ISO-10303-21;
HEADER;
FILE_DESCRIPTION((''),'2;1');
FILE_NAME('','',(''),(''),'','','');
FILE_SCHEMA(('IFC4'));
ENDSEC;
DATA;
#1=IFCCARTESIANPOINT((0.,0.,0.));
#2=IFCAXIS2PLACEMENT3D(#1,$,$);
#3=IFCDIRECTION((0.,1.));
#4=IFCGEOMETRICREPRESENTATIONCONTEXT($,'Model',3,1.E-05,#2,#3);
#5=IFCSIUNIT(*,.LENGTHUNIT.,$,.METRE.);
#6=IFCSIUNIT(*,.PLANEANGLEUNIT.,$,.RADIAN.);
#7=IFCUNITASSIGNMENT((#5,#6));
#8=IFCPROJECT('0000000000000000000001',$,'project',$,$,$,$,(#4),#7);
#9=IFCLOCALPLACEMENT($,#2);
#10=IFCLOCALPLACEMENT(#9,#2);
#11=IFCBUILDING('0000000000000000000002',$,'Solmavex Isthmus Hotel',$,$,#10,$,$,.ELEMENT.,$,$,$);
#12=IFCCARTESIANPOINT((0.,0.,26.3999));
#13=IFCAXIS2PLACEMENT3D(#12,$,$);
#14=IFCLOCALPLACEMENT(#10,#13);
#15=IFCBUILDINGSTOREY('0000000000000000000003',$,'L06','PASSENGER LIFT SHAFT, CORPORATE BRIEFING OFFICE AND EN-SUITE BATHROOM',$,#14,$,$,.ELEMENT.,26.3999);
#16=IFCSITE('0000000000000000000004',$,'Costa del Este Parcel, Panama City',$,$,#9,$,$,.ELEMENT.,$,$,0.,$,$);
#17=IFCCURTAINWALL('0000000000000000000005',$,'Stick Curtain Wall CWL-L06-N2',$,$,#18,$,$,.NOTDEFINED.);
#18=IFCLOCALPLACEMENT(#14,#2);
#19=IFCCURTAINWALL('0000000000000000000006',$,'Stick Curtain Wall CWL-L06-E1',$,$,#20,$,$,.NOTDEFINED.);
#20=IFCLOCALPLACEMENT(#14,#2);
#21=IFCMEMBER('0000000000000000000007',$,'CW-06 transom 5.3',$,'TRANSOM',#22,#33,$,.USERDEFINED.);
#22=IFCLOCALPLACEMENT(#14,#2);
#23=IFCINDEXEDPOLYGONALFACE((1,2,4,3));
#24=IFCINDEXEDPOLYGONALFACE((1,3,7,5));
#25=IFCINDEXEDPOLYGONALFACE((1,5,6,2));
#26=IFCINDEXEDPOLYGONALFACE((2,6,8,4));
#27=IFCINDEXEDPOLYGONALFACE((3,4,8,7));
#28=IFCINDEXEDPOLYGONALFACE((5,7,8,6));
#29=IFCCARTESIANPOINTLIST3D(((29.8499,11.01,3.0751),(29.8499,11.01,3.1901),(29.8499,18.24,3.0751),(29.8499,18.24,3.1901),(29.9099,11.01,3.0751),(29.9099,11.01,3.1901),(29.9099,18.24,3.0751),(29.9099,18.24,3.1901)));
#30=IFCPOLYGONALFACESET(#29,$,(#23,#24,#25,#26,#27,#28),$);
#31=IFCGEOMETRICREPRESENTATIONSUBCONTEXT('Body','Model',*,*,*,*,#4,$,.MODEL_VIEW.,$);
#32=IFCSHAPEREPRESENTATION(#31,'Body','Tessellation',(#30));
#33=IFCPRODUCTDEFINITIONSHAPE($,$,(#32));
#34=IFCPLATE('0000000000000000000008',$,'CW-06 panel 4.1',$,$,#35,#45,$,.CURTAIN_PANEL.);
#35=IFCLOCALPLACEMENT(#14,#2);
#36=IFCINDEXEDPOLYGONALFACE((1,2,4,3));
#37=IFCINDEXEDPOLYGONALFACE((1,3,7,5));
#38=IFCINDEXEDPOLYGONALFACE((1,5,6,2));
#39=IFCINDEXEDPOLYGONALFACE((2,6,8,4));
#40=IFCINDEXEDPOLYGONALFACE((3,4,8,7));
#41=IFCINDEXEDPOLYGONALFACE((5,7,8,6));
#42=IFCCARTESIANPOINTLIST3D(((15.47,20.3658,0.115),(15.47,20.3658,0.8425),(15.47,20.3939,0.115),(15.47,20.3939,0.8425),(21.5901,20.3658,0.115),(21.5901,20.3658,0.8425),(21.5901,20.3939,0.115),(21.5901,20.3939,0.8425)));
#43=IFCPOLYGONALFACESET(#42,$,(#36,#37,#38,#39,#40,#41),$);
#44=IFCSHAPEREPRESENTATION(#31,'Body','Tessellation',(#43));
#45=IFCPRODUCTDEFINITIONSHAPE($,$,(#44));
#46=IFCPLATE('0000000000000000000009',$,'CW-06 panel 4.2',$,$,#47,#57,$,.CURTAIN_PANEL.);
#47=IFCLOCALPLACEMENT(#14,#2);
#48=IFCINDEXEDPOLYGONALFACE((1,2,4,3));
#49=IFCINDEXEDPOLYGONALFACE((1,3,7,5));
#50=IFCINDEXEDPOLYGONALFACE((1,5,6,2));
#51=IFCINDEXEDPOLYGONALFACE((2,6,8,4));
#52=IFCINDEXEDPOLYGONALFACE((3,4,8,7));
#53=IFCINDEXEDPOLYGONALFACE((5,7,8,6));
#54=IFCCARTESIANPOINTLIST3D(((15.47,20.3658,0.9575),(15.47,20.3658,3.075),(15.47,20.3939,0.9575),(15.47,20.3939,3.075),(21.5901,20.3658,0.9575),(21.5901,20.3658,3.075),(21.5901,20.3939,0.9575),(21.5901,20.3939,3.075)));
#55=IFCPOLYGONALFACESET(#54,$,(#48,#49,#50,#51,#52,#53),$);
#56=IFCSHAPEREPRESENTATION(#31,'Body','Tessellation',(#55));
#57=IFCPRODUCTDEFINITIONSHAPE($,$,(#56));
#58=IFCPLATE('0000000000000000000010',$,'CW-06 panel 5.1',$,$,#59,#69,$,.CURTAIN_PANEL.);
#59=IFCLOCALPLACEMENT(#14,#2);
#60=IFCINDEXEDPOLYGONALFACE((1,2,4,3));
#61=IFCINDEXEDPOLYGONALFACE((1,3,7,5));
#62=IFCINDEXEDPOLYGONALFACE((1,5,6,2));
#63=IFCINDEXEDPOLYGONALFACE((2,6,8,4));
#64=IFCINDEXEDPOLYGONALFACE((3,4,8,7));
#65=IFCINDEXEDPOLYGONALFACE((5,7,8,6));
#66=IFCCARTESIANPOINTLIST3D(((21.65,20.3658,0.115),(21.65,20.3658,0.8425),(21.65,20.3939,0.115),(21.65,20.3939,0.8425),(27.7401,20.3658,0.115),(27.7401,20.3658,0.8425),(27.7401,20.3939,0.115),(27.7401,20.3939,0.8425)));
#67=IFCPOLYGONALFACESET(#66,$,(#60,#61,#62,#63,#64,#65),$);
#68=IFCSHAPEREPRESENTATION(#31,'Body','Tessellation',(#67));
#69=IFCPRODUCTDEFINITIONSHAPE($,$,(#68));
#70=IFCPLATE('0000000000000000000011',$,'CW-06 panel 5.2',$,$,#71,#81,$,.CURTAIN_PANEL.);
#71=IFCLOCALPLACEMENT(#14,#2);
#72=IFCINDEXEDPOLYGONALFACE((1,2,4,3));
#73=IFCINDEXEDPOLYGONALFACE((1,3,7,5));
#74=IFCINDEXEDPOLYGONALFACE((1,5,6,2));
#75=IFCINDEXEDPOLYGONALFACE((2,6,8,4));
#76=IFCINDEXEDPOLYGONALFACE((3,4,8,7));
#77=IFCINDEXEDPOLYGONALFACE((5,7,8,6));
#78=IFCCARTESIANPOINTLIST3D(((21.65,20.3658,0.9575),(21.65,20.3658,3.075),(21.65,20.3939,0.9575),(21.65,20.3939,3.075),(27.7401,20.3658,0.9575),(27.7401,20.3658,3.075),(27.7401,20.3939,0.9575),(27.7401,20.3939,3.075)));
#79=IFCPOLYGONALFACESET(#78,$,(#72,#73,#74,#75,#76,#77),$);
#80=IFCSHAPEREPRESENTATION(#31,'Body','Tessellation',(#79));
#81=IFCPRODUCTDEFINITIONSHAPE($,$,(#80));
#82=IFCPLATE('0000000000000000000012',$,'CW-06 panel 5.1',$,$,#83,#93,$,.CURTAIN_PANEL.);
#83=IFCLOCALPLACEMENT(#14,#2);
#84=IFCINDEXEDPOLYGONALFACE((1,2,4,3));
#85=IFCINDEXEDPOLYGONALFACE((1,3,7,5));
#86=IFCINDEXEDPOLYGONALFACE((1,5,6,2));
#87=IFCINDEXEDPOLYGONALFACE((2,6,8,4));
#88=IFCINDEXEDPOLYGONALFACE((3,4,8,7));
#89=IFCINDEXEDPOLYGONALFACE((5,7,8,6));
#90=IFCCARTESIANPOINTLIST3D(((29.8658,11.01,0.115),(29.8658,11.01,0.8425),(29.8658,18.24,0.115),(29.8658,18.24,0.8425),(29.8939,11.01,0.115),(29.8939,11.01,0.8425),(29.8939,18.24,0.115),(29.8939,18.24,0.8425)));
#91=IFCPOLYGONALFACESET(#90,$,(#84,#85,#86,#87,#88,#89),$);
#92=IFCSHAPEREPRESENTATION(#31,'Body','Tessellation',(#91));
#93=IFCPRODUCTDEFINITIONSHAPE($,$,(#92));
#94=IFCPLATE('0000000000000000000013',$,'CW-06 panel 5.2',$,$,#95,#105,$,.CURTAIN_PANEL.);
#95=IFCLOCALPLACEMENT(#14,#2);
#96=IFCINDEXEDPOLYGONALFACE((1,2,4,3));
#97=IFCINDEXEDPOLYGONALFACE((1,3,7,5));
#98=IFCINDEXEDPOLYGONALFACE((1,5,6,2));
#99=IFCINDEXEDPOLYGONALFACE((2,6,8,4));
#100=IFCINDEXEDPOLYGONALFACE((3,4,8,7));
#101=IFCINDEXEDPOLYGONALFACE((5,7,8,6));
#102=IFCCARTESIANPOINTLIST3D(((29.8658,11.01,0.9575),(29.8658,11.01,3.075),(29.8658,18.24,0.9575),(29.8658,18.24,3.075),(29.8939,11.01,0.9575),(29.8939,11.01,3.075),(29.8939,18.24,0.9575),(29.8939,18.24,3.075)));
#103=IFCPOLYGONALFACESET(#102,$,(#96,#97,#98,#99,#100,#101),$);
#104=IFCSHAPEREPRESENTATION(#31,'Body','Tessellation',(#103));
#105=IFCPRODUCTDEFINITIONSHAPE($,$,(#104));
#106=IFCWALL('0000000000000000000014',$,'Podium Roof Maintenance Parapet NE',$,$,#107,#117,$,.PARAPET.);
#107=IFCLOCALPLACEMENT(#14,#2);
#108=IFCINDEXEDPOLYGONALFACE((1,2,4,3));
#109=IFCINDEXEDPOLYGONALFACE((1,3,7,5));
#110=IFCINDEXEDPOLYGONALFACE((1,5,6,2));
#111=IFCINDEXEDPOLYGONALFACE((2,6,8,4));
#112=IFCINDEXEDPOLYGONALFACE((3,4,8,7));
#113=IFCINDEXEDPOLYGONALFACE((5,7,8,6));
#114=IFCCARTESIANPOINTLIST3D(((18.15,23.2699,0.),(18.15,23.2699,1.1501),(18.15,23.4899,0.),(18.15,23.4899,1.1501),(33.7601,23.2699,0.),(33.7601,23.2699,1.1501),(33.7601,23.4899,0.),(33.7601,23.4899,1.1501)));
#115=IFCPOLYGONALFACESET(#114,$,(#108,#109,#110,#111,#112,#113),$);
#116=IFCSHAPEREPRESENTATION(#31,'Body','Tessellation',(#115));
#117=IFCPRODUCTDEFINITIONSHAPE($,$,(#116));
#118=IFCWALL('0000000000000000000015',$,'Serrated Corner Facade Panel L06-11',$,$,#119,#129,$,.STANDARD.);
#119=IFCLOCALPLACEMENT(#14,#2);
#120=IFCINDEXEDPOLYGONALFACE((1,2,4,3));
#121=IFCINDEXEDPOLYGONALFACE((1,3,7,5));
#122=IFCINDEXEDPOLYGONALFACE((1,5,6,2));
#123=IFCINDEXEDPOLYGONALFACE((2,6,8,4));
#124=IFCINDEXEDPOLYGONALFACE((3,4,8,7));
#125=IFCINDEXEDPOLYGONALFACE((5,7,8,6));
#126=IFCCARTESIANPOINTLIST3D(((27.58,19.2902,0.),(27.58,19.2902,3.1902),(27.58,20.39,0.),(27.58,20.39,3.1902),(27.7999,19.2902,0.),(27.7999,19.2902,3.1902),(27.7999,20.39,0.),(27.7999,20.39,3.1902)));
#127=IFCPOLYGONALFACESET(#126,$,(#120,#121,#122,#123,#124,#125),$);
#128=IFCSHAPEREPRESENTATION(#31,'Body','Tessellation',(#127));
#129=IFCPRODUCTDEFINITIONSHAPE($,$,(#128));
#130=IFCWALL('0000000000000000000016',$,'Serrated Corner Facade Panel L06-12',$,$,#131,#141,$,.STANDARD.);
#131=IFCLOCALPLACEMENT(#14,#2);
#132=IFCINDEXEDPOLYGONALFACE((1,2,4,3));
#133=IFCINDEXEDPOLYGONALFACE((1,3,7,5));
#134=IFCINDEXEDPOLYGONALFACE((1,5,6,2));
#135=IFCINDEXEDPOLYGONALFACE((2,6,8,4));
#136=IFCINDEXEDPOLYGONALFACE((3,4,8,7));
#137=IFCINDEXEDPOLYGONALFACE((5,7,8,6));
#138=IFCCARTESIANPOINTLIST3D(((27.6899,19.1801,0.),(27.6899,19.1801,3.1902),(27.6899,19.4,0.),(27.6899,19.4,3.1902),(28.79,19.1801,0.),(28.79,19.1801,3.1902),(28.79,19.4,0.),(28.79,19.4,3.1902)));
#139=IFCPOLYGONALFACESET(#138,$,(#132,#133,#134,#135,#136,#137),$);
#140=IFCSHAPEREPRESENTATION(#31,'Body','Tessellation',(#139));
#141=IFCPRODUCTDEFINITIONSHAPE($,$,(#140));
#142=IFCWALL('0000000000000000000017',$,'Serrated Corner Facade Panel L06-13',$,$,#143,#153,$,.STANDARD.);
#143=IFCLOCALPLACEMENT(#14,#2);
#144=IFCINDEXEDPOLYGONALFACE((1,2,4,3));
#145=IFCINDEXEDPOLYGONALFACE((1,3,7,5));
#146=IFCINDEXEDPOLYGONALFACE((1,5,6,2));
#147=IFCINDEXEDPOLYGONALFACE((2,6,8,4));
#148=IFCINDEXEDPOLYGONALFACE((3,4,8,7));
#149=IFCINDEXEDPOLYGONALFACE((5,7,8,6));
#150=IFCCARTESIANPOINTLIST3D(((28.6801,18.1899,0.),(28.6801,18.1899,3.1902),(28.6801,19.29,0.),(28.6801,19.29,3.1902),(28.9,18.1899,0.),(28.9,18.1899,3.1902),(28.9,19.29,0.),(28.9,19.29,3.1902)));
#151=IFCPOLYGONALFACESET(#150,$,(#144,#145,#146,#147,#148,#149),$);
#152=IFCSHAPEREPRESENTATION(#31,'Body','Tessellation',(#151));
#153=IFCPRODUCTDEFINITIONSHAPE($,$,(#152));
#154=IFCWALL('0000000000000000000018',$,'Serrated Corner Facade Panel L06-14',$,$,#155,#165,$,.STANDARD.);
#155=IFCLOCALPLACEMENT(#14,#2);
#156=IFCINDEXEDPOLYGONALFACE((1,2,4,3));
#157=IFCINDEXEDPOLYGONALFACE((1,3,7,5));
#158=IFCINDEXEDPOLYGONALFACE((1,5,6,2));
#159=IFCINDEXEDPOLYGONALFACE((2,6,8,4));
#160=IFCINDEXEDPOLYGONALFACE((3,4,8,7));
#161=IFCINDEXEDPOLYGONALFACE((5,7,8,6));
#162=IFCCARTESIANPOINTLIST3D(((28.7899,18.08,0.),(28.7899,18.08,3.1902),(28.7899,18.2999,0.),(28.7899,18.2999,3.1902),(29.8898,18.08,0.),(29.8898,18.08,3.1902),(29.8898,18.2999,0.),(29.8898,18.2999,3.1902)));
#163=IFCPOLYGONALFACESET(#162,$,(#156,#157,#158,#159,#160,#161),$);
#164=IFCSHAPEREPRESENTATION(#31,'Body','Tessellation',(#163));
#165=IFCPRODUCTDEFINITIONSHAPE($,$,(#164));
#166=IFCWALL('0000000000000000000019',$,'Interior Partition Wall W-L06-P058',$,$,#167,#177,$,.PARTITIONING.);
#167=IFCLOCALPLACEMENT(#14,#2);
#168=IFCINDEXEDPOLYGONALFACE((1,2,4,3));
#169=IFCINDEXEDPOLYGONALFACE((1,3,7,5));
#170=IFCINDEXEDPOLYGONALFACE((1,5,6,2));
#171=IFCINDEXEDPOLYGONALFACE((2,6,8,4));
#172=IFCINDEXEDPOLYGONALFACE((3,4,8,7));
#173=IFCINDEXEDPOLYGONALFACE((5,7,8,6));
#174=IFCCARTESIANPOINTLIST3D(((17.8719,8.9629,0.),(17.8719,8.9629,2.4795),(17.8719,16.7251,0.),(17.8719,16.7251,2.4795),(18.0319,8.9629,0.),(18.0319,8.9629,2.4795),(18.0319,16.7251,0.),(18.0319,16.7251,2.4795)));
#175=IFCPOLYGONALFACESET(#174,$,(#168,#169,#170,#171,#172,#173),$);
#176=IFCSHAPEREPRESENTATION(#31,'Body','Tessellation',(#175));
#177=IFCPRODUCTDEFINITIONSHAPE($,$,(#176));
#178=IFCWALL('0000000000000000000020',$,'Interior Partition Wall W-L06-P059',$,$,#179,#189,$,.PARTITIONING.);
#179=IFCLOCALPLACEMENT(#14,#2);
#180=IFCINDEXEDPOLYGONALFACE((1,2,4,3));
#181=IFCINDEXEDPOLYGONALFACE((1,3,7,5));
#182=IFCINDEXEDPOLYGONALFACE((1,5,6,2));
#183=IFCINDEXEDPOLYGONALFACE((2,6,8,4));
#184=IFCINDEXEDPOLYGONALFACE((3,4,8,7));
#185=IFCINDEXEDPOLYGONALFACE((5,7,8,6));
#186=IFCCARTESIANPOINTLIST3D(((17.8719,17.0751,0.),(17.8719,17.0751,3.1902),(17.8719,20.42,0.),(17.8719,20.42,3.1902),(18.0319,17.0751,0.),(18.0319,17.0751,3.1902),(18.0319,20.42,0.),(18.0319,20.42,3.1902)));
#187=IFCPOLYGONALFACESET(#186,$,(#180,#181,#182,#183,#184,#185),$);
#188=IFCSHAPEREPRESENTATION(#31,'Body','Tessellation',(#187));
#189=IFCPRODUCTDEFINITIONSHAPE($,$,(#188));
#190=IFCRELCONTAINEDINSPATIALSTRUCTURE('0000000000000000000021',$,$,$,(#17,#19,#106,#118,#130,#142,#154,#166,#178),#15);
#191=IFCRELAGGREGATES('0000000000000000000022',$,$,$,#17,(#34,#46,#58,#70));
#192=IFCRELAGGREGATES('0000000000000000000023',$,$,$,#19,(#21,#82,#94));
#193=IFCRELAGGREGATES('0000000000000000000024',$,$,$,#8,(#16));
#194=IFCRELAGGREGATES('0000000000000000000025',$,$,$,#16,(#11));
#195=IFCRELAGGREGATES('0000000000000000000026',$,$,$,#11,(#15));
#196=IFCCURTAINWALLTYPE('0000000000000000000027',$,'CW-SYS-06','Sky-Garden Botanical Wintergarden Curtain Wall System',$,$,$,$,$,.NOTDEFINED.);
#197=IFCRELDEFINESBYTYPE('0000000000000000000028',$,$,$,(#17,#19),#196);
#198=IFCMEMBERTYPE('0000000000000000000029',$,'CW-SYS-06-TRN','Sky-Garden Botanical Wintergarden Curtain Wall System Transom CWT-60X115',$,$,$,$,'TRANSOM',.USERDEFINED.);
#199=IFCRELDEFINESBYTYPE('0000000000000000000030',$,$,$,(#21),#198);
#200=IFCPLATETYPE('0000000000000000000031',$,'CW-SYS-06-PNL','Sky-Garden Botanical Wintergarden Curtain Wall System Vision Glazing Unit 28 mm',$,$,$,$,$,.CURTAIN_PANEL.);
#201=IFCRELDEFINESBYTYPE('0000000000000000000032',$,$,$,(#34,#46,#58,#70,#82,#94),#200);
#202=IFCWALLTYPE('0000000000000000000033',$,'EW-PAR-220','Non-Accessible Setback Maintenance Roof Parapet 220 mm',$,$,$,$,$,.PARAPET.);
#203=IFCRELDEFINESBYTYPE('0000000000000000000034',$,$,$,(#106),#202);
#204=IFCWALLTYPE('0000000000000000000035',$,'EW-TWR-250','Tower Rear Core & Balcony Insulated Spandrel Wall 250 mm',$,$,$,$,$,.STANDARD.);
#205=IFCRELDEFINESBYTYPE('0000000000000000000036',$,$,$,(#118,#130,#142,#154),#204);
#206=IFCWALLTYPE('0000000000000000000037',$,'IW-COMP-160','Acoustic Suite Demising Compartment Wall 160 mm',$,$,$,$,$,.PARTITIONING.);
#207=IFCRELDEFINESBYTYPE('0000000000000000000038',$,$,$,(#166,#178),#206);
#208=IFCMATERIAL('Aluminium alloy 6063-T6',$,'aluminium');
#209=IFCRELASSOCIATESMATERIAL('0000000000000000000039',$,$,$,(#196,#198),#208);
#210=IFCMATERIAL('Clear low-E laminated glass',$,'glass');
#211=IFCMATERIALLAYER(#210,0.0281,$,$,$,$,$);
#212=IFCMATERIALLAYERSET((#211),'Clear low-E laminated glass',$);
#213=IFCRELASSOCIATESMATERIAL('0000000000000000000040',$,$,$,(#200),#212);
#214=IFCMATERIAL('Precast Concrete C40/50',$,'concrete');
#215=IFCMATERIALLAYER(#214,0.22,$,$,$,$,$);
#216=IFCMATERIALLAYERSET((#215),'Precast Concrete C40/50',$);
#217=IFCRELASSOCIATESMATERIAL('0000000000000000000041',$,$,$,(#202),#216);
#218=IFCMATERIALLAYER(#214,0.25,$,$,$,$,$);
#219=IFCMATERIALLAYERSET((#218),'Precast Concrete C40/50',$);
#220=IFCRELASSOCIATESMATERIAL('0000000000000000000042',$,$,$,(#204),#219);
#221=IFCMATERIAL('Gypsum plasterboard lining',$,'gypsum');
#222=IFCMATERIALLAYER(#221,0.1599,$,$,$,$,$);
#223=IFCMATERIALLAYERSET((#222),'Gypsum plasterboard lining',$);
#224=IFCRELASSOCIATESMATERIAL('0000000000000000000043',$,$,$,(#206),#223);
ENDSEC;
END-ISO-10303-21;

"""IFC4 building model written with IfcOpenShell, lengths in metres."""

from ifc_helpers import new_model, si_unit, direction, frame, frame_2d, origin, origin_2d, place, context, subcontext, project, spatial, rectangle, extrude, material, layer, layer_set, material_profile, profile_set, type_object, element, aggregate, save


model = new_model("IFC4")

# Units and contexts
model_context = context("Model", 3, precision=1e-05, world=origin(), true_north=direction((0.0, 1.0)))
body_context = subcontext(model_context, "Body", "Model", "MODEL_VIEW")
ifc_project = project(units=[si_unit("LENGTHUNIT", "METRE"), si_unit("PLANEANGLEUNIT", "RADIAN")], contexts=[model_context])

# Site, building, storey
site_placement = place(None, origin())
site = spatial("IfcSite", under=ifc_project, at=site_placement, Name="Costa del Este Parcel, Panama City", CompositionType="ELEMENT", RefElevation=0.0)
building_placement = place(site_placement, origin())
building = spatial("IfcBuilding", under=site, at=building_placement, Name="Solmavex Isthmus Hotel", CompositionType="ELEMENT")
storey_placement = place(building_placement, frame((0.0, 0.0, 26.3999)))
storey = spatial("IfcBuildingStorey", under=building, at=storey_placement, Name="L06", Description="PASSENGER LIFT SHAFT, CORPORATE BRIEFING OFFICE AND EN-SUITE BATHROOM", CompositionType="ELEMENT", Elevation=26.3999)

# Curtain wall
ifc_material_1 = material(Name="Aluminium alloy 6063-T6", Category="aluminium")
curtain_wall_type = type_object("IfcCurtainWallType", Name="CW-SYS-06", Description="Sky-Garden Botanical Wintergarden Curtain Wall System", PredefinedType="NOTDEFINED", material=ifc_material_1)
curtain_wall_1_placement = place(storey_placement, origin())
curtain_wall_1 = element("IfcCurtainWall", 1, at=curtain_wall_1_placement, inside=storey, type_object=curtain_wall_type, Name="Stick Curtain Wall CWL-L06-N2", PredefinedType="NOTDEFINED")

# Curtain wall
curtain_wall_2_placement = place(storey_placement, origin())
curtain_wall_2 = element("IfcCurtainWall", 2, at=curtain_wall_2_placement, inside=storey, type_object=curtain_wall_type, Name="Stick Curtain Wall CWL-L06-E1", PredefinedType="NOTDEFINED")

# Member
ifc_material_profile_1 = material_profile(ifc_material_1, rectangle(XDim=0.0601, YDim=0.115, at=origin_2d()), Name="CWT-60X115")
ifc_profile_set_1 = profile_set([ifc_material_profile_1], Name="Aluminium alloy 6063-T6")
member_type_1 = type_object("IfcMemberType", Name="CW-SYS-06-TRN", Description="Sky-Garden Botanical Wintergarden Curtain Wall System Transom CWT-60X115", ElementType="TRANSOM", PredefinedType="USERDEFINED", material=ifc_profile_set_1)
member_1_placement = place(storey_placement, frame((29.8799, 11.01, 3.1326), z_axis=(0.0, 1.0, 0.0), x_axis=(-1.0, 0.0, 0.0)))
member_1 = element("IfcMember", 3, at=member_1_placement, type_object=member_type_1, Name="CW-06 transom 5.3", ObjectType="TRANSOM", PredefinedType="USERDEFINED", context=body_context, shape_type="SweptSolid", body=[
    extrude(rectangle(XDim=0.0601, YDim=0.115, at=origin_2d()), origin(), (0.0, 0.0, 1.0), 7.23),
])

# Plates
ifc_material_2 = material(Name="Clear low-E laminated glass", Category="glass")
ifc_layer_1 = layer(ifc_material_2, 0.0281)
ifc_layer_set_1 = layer_set([ifc_layer_1], Name="Clear low-E laminated glass")
plate_type = type_object("IfcPlateType", Name="CW-SYS-06-PNL", Description="Sky-Garden Botanical Wintergarden Curtain Wall System Vision Glazing Unit 28 mm", PredefinedType="CURTAIN_PANEL", material=ifc_layer_set_1)
plate_1_placement = place(storey_placement, frame((18.53, 20.3799, 0.115), z_axis=(0.0, 0.0, 1.0), x_axis=(1.0, 0.0, 0.0)))
plate_1 = element("IfcPlate", 4, at=plate_1_placement, type_object=plate_type, Name="CW-06 panel 4.1", PredefinedType="CURTAIN_PANEL", context=body_context, shape_type="SweptSolid", body=[
    extrude(rectangle(XDim=6.1201, YDim=0.0281, at=origin_2d()), origin(), (0.0, 0.0, 1.0), 0.7275),
])
plate_2_placement = place(storey_placement, frame((18.53, 20.3799, 0.9575), z_axis=(0.0, 0.0, 1.0), x_axis=(1.0, 0.0, 0.0)))
plate_2 = element("IfcPlate", 5, at=plate_2_placement, type_object=plate_type, Name="CW-06 panel 4.2", PredefinedType="CURTAIN_PANEL", context=body_context, shape_type="SweptSolid", body=[
    extrude(rectangle(XDim=6.1201, YDim=0.0281, at=origin_2d()), origin(), (0.0, 0.0, 1.0), 2.1174),
])
plate_3_placement = place(storey_placement, frame((24.6951, 20.3799, 0.115), z_axis=(0.0, 0.0, 1.0), x_axis=(1.0, 0.0, 0.0)))
plate_3 = element("IfcPlate", 6, at=plate_3_placement, type_object=plate_type, Name="CW-06 panel 5.1", PredefinedType="CURTAIN_PANEL", context=body_context, shape_type="SweptSolid", body=[
    extrude(rectangle(XDim=6.0901, YDim=0.0281, at=origin_2d()), origin(), (0.0, 0.0, 1.0), 0.7275),
])
plate_4_placement = place(storey_placement, frame((24.6951, 20.3799, 0.9575), z_axis=(0.0, 0.0, 1.0), x_axis=(1.0, 0.0, 0.0)))
plate_4 = element("IfcPlate", 7, at=plate_4_placement, type_object=plate_type, Name="CW-06 panel 5.2", PredefinedType="CURTAIN_PANEL", context=body_context, shape_type="SweptSolid", body=[
    extrude(rectangle(XDim=6.0901, YDim=0.0281, at=origin_2d()), origin(), (0.0, 0.0, 1.0), 2.1174),
])
aggregate(curtain_wall_1, [plate_1, plate_2, plate_3, plate_4])
plate_5_placement = place(storey_placement, frame((29.8799, 14.625, 0.115), z_axis=(0.0, 0.0, 1.0), x_axis=(0.0, 1.0, 0.0)))
plate_5 = element("IfcPlate", 8, at=plate_5_placement, type_object=plate_type, Name="CW-06 panel 5.1", PredefinedType="CURTAIN_PANEL", context=body_context, shape_type="SweptSolid", body=[
    extrude(rectangle(XDim=7.23, YDim=0.0281, at=origin_2d()), origin(), (0.0, 0.0, 1.0), 0.7275),
])
plate_6_placement = place(storey_placement, frame((29.8799, 14.625, 0.9575), z_axis=(0.0, 0.0, 1.0), x_axis=(0.0, 1.0, 0.0)))
plate_6 = element("IfcPlate", 9, at=plate_6_placement, type_object=plate_type, Name="CW-06 panel 5.2", PredefinedType="CURTAIN_PANEL", context=body_context, shape_type="SweptSolid", body=[
    extrude(rectangle(XDim=7.23, YDim=0.0281, at=origin_2d()), origin(), (0.0, 0.0, 1.0), 2.1174),
])
aggregate(curtain_wall_2, [member_1, plate_5, plate_6])

# Walls
ifc_material_3 = material(Name="Precast Concrete C40/50", Category="concrete")
ifc_layer_2 = layer(ifc_material_3, 0.22)
ifc_layer_set_2 = layer_set([ifc_layer_2], Name="Precast Concrete C40/50")
wall_type_1 = type_object("IfcWallType", Name="EW-PAR-220", Description="Non-Accessible Setback Maintenance Roof Parapet 220 mm", PredefinedType="PARAPET", material=ifc_layer_set_2)
wall_1_placement = place(storey_placement, frame((18.1499, 23.3799, 0.0), z_axis=(0.0, 0.0, 1.0), x_axis=(1.0, 0.0, 0.0)))
element("IfcWall", 10, at=wall_1_placement, inside=storey, type_object=wall_type_1, Name="Podium Roof Maintenance Parapet NE", PredefinedType="PARAPET", context=body_context, shape_type="SweptSolid", body=[
    extrude(rectangle(XDim=15.6101, YDim=0.22, at=frame_2d((7.8052, 0.0))), origin(), (0.0, 0.0, 1.0), 1.1501),
])
ifc_layer_3 = layer(ifc_material_3, 0.25)
ifc_layer_set_3 = layer_set([ifc_layer_3], Name="Precast Concrete C40/50")
wall_type_2 = type_object("IfcWallType", Name="EW-TWR-250", Description="Tower Rear Core & Balcony Insulated Spandrel Wall 250 mm", PredefinedType="STANDARD", material=ifc_layer_set_3)
wall_2_placement = place(storey_placement, frame((27.6899, 20.3899, 0.0), z_axis=(0.0, 0.0, 1.0), x_axis=(0.0, -1.0, 0.0)))
element("IfcWall", 11, at=wall_2_placement, inside=storey, type_object=wall_type_2, Name="Serrated Corner Facade Panel L06-11", PredefinedType="STANDARD", context=body_context, shape_type="SweptSolid", body=[
    extrude(rectangle(XDim=1.0999, YDim=0.22, at=frame_2d((0.5498, 0.0))), origin(), (0.0, 0.0, 1.0), 3.1902),
])
for number, where, z_axis, x_axis, name in (
    (12, (27.6899, 19.29, 0.0), (0.0, 0.0, 1.0), (1.0, 0.0, 0.0), "Serrated Corner Facade Panel L06-12"),
    (13, (28.79, 19.29, 0.0), (0.0, 0.0, 1.0), (0.0, -1.0, 0.0), "Serrated Corner Facade Panel L06-13"),
):
    element("IfcWall", number, at=place(storey_placement, frame(where, z_axis=z_axis, x_axis=x_axis)), inside=storey, type_object=wall_type_2, Name=name, PredefinedType="STANDARD", context=body_context, shape_type="SweptSolid", body=[
        extrude(rectangle(XDim=1.1001, YDim=0.22, at=frame_2d((0.55, 0.0))), origin(), (0.0, 0.0, 1.0), 3.1902),
    ])
wall_3_placement = place(storey_placement, frame((28.79, 18.1899, 0.0), z_axis=(0.0, 0.0, 1.0), x_axis=(1.0, 0.0, 0.0)))
element("IfcWall", 14, at=wall_3_placement, inside=storey, type_object=wall_type_2, Name="Serrated Corner Facade Panel L06-14", PredefinedType="STANDARD", context=body_context, shape_type="SweptSolid", body=[
    extrude(rectangle(XDim=1.0999, YDim=0.22, at=frame_2d((0.5498, 0.0))), origin(), (0.0, 0.0, 1.0), 3.1902),
])
ifc_material_4 = material(Name="Gypsum plasterboard lining", Category="gypsum")
ifc_layer_4 = layer(ifc_material_4, 0.1599)
ifc_layer_set_4 = layer_set([ifc_layer_4], Name="Gypsum plasterboard lining")
wall_type_3 = type_object("IfcWallType", Name="IW-COMP-160", Description="Acoustic Suite Demising Compartment Wall 160 mm", PredefinedType="PARTITIONING", material=ifc_layer_set_4)
wall_4_placement = place(storey_placement, frame((17.9519, 16.7251, 0.0), z_axis=(0.0, 0.0, 1.0), x_axis=(0.0, -1.0, 0.0)))
element("IfcWall", 15, at=wall_4_placement, inside=storey, type_object=wall_type_3, Name="Interior Partition Wall W-L06-P058", PredefinedType="PARTITIONING", context=body_context, shape_type="SweptSolid", body=[
    extrude(rectangle(XDim=7.7622, YDim=0.1599, at=frame_2d((3.8811, 0.0))), origin(), (0.0, 0.0, 1.0), 2.4795),
])
wall_5_placement = place(storey_placement, frame((17.9519, 20.4199, 0.0), z_axis=(0.0, 0.0, 1.0), x_axis=(0.0, -1.0, 0.0)))
element("IfcWall", 16, at=wall_5_placement, inside=storey, type_object=wall_type_3, Name="Interior Partition Wall W-L06-P059", PredefinedType="PARTITIONING", context=body_context, shape_type="SweptSolid", body=[
    extrude(rectangle(XDim=3.345, YDim=0.1599, at=frame_2d((1.6724, 0.0))), origin(), (0.0, 0.0, 1.0), 3.1902),
])

save(model, "model.ifc")
